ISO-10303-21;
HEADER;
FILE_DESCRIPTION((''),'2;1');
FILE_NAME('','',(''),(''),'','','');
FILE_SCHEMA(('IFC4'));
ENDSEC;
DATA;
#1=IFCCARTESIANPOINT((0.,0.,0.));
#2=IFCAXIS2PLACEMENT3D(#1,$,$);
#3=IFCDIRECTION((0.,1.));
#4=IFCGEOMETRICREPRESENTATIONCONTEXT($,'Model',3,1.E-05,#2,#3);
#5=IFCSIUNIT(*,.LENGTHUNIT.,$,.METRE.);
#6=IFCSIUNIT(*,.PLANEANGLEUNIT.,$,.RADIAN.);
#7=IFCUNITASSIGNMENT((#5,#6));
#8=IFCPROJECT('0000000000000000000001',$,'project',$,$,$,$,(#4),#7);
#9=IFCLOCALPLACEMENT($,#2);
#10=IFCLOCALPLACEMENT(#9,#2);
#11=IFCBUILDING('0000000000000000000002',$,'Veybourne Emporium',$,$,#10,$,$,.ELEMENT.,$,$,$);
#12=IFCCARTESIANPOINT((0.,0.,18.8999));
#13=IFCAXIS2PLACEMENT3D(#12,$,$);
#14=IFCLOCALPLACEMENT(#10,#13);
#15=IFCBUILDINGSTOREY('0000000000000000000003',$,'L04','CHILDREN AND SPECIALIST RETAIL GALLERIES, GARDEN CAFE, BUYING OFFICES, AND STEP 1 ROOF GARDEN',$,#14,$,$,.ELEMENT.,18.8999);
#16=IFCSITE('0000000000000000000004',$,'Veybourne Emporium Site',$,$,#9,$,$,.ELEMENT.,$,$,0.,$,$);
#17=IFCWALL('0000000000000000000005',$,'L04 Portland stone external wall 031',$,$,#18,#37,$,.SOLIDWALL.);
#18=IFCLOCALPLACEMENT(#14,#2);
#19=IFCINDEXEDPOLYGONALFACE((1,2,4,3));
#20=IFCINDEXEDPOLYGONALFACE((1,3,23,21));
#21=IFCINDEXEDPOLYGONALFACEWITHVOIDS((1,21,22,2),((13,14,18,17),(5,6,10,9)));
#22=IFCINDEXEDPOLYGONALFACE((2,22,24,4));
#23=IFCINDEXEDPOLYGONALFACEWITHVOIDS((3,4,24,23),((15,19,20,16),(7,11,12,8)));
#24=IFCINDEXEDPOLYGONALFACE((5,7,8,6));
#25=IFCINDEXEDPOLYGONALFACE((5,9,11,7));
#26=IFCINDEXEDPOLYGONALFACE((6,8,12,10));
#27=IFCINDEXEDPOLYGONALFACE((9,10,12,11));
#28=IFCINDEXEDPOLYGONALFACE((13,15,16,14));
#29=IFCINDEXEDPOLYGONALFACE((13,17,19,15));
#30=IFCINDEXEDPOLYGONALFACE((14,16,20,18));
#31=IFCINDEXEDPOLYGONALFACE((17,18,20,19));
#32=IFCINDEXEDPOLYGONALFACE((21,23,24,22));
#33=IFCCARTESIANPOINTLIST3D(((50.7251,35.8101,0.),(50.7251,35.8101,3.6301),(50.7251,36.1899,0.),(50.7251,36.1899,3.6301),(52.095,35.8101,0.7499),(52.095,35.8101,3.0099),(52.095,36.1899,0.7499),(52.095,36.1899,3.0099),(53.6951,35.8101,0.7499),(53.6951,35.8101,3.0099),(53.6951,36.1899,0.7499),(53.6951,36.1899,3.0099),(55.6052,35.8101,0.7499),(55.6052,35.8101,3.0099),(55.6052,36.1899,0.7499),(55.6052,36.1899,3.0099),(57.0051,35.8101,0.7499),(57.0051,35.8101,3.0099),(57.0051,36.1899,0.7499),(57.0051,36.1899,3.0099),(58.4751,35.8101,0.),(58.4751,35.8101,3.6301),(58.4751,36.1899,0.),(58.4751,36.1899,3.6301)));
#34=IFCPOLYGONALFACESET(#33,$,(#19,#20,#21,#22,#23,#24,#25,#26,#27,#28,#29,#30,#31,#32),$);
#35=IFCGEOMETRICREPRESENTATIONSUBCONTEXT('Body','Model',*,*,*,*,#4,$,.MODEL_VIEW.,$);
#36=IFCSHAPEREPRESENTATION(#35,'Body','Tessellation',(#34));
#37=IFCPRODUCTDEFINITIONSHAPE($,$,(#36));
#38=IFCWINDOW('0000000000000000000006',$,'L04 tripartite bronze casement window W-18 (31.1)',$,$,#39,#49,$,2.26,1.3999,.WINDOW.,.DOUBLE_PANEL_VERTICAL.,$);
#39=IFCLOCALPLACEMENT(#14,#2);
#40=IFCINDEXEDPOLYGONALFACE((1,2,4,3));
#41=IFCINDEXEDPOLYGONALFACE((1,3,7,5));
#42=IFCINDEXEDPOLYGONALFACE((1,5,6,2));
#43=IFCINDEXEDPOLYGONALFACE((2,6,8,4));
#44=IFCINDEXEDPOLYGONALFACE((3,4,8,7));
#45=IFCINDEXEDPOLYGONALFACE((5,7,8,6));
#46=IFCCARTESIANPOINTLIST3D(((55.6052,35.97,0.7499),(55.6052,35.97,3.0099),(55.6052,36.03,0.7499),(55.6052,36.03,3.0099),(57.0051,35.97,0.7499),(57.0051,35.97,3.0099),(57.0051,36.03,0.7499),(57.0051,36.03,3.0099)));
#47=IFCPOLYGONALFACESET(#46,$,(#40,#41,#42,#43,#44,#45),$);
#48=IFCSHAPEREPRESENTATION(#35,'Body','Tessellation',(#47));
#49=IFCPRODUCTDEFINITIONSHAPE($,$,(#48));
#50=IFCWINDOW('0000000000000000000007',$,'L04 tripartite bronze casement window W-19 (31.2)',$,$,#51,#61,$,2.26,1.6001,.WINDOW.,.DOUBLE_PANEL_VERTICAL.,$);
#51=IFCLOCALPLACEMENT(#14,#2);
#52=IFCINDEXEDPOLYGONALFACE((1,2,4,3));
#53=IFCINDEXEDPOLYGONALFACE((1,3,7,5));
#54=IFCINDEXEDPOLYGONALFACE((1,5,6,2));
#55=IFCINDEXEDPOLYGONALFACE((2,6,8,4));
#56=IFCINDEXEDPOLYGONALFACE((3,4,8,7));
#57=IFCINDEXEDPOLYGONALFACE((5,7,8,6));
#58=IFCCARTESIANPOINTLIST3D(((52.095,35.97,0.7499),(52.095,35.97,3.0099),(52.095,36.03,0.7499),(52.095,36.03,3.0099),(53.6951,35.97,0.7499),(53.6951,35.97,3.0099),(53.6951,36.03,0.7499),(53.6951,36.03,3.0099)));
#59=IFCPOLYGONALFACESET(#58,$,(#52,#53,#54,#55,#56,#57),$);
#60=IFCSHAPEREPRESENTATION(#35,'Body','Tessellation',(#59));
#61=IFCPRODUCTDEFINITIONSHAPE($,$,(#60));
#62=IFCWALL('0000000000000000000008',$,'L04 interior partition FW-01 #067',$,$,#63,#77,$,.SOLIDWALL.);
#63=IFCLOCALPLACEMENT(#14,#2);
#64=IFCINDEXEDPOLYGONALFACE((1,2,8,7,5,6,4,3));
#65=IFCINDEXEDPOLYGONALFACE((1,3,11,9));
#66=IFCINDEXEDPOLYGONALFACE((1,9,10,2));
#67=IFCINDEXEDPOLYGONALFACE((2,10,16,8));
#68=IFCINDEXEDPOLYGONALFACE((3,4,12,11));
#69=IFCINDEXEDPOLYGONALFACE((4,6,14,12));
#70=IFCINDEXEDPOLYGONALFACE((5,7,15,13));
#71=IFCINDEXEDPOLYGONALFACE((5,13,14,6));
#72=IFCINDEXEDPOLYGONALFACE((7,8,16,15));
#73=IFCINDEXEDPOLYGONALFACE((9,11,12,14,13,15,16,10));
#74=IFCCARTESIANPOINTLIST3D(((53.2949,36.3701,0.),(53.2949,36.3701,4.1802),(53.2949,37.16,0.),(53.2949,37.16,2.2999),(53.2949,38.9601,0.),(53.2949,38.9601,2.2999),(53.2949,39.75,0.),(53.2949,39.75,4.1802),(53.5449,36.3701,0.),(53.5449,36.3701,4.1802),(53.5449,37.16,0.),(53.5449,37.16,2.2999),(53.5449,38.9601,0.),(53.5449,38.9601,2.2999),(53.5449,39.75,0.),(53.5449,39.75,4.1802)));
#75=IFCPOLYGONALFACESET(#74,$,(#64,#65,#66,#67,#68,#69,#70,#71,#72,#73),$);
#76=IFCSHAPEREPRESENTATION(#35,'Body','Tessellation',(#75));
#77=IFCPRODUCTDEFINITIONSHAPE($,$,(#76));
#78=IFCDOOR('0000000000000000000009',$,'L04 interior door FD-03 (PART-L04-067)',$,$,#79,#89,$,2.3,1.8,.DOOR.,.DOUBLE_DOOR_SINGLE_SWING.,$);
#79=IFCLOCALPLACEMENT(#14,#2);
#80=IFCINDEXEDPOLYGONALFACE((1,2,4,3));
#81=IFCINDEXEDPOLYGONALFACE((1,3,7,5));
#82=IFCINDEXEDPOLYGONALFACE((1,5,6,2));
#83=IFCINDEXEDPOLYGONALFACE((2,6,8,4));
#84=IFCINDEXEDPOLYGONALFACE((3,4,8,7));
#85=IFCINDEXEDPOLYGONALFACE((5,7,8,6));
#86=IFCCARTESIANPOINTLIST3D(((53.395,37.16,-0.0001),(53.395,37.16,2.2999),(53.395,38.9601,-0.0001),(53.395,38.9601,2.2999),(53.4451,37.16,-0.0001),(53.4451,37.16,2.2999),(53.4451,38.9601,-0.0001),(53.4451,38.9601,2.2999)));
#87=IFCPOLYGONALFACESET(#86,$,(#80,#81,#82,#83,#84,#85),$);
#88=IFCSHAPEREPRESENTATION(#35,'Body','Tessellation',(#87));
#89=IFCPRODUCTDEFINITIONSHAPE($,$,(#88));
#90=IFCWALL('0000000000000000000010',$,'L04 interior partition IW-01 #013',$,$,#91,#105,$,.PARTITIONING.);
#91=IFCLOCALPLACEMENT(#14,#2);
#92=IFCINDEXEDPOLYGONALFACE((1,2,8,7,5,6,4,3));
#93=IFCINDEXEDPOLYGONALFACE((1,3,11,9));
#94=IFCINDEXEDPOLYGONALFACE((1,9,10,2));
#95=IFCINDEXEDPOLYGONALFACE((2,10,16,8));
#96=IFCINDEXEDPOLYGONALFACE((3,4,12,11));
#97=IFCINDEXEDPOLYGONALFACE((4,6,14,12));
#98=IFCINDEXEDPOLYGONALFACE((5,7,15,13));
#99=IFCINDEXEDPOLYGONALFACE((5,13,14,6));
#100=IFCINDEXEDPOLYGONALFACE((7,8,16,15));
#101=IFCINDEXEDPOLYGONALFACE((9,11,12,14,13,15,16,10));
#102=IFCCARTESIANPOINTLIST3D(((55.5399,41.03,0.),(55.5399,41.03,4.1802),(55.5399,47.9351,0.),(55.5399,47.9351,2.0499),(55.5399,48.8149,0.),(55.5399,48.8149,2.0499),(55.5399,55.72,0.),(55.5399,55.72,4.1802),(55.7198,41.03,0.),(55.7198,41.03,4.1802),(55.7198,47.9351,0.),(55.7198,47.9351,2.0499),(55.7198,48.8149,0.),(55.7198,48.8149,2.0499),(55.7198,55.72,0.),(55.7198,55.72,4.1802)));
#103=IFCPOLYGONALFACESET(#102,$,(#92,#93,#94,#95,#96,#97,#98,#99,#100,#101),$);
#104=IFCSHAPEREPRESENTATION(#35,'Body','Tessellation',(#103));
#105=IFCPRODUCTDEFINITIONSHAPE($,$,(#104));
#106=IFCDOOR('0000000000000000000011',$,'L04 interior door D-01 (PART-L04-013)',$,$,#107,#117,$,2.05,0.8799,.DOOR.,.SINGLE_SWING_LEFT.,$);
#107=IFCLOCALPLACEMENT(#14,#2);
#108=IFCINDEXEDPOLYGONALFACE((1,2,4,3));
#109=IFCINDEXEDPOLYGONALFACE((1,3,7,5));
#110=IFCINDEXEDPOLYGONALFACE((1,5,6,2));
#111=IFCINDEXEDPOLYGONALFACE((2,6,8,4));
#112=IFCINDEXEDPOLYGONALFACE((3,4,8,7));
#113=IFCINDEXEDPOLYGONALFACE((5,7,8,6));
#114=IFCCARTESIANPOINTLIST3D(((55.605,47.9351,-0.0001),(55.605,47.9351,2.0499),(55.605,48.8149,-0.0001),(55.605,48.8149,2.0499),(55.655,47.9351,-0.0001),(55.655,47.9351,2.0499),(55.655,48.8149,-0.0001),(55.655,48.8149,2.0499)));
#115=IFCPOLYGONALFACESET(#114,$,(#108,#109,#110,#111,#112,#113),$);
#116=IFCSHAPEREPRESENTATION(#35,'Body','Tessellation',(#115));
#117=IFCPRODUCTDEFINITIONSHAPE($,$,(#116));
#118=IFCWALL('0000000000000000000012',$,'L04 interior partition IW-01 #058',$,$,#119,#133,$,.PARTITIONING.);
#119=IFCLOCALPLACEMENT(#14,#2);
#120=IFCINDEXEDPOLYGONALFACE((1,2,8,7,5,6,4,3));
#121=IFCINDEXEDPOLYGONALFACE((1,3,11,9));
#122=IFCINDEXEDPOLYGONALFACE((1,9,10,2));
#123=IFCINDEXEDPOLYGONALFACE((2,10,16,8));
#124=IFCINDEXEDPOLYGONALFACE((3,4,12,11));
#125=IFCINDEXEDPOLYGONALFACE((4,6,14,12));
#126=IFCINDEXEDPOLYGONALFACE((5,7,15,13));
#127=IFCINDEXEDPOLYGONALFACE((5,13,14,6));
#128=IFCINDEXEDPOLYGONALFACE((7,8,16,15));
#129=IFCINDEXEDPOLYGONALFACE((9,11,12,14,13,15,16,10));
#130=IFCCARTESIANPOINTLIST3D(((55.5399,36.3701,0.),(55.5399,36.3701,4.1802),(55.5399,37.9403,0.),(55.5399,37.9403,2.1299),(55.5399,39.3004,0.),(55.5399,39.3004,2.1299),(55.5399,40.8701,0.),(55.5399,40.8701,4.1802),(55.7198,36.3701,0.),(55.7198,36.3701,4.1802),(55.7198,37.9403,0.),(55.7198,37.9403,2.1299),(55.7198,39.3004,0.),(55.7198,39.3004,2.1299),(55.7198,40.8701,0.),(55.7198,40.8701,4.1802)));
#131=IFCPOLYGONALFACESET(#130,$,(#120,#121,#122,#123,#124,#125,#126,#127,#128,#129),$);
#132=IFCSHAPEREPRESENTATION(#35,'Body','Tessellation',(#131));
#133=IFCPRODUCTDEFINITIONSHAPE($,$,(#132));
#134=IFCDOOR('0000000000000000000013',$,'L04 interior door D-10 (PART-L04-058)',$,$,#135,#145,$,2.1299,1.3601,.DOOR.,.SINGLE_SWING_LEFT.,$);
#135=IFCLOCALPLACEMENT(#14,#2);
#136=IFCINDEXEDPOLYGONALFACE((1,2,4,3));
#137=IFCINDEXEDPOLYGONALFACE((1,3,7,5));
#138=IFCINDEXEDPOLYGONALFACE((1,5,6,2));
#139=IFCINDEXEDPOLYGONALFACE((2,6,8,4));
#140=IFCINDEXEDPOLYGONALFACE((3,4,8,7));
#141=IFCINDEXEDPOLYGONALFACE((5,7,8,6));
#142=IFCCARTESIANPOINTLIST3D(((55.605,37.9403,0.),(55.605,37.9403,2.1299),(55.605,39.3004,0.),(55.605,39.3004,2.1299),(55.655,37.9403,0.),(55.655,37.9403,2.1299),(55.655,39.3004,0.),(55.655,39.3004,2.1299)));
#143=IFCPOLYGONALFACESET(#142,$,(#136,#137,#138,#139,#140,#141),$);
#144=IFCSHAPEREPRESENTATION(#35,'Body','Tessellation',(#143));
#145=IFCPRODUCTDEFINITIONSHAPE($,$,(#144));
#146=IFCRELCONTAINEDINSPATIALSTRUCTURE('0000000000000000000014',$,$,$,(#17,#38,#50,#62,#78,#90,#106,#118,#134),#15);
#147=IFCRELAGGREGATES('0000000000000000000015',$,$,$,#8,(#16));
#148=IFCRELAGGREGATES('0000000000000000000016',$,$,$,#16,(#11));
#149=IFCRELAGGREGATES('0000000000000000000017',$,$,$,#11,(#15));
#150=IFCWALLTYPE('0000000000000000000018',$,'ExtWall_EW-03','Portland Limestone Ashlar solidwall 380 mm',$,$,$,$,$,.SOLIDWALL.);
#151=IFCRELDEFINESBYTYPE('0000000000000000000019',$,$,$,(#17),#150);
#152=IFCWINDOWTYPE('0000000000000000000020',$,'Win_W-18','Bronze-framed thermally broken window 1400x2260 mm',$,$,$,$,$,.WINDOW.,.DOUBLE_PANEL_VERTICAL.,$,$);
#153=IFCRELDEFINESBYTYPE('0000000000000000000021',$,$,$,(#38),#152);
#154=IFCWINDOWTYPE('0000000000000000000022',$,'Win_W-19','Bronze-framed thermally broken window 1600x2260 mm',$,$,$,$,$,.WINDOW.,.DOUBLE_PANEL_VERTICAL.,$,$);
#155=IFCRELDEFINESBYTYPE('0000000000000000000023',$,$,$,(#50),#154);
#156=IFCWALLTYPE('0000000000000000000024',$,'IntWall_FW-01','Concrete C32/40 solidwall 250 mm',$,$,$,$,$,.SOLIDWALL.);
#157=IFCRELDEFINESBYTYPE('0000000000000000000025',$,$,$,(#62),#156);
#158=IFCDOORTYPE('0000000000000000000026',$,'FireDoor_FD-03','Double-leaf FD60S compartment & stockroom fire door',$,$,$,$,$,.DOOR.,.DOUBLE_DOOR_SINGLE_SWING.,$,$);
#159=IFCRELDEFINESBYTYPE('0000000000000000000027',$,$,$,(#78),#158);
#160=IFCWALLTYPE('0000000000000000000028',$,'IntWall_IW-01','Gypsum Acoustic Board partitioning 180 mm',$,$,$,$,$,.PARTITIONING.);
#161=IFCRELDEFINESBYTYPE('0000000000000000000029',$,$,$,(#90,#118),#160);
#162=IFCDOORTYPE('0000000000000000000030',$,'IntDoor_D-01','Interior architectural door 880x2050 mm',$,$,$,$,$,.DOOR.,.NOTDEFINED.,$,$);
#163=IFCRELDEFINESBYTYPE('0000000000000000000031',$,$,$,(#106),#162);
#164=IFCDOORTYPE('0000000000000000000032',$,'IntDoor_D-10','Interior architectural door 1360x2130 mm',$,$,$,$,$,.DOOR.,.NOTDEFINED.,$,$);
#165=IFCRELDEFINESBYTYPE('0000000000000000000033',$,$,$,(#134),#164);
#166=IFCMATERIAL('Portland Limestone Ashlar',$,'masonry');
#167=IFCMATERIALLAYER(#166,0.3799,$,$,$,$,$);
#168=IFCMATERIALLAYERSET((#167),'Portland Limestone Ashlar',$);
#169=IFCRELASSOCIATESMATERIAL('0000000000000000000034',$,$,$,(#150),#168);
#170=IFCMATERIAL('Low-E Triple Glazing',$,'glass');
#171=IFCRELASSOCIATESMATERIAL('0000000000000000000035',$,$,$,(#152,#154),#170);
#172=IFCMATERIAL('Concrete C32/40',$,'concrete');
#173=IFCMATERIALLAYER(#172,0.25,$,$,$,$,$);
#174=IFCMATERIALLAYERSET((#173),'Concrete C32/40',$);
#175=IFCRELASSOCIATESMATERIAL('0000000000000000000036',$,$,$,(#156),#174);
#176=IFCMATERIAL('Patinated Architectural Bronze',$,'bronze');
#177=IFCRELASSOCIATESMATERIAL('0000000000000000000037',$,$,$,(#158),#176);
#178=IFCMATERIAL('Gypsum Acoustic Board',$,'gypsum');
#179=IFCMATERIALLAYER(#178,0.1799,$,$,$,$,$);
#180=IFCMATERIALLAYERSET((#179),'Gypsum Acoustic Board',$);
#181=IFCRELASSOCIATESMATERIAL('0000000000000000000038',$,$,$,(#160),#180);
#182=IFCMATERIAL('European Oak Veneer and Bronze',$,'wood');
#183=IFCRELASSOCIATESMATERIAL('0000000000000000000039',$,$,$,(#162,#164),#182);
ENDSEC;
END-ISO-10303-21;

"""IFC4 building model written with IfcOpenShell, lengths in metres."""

from ifc_helpers import new_model, si_unit, direction, frame, frame_2d, origin, place, context, subcontext, project, spatial, rectangle, extrude, material, layer, layer_set, type_object, element, fill, save


model = new_model("IFC4")

# Units and contexts
model_context = context("Model", 3, precision=1e-05, world=origin(), true_north=direction((0.0, 1.0)))
body_context = subcontext(model_context, "Body", "Model", "MODEL_VIEW")
ifc_project = project(units=[si_unit("LENGTHUNIT", "METRE"), si_unit("PLANEANGLEUNIT", "RADIAN")], contexts=[model_context])

# Site, building, storey
site_placement = place(None, origin())
site = spatial("IfcSite", under=ifc_project, at=site_placement, Name="Veybourne Emporium Site", CompositionType="ELEMENT", RefElevation=0.0)
building_placement = place(site_placement, origin())
building = spatial("IfcBuilding", under=site, at=building_placement, Name="Veybourne Emporium", CompositionType="ELEMENT")
storey_placement = place(building_placement, frame((0.0, 0.0, 18.8999)))
storey = spatial("IfcBuildingStorey", under=building, at=storey_placement, Name="L04", Description="CHILDREN AND SPECIALIST RETAIL GALLERIES, GARDEN CAFE, BUYING OFFICES, AND STEP 1 ROOF GARDEN", CompositionType="ELEMENT", Elevation=18.8999)

# Shared definitions
ifc_material_1 = material(Name="Concrete C32/40", Category="concrete")

# Wall, openings, windows
ifc_material_2 = material(Name="Portland Limestone Ashlar", Category="masonry")
ifc_layer_1 = layer(ifc_material_2, 0.3799)
ifc_layer_set_1 = layer_set([ifc_layer_1], Name="Portland Limestone Ashlar")
wall_type_1 = type_object("IfcWallType", Name="ExtWall_EW-03", Description="Portland Limestone Ashlar solidwall 380 mm", PredefinedType="SOLIDWALL", material=ifc_layer_set_1)
wall_1_placement = place(storey_placement, frame((58.4751, 36.0, 0.0), z_axis=(0.0, 0.0, 1.0), x_axis=(-1.0, 0.0, 0.0)))
wall_1 = element("IfcWall", 1, at=wall_1_placement, inside=storey, type_object=wall_type_1, Name="L04 Portland stone external wall 031", PredefinedType="SOLIDWALL", context=body_context, shape_type="SweptSolid", body=[
    extrude(rectangle(XDim=7.75, YDim=0.3799, at=frame_2d((3.875, 0.0))), origin(), (0.0, 0.0, 1.0), 3.6301),
])
opening_1_placement = place(wall_1_placement, frame((1.47, 0.0, 0.75)))
opening_1 = element("IfcOpeningElement", 2, at=opening_1_placement, cuts=wall_1, PredefinedType="OPENING", context=body_context, shape_type="SweptSolid", body=[
    extrude(rectangle(XDim=1.3999, YDim=2.26, at=frame_2d((0.7, 1.1299))), frame((0.0, 0.21, 0.0), z_axis=(0.0, -1.0, 0.0), x_axis=(1.0, 0.0, 0.0)), (0.0, 0.0, 1.0), 0.4199),
])
opening_2_placement = place(wall_1_placement, frame((4.78, 0.0, 0.75)))
opening_2 = element("IfcOpeningElement", 3, at=opening_2_placement, cuts=wall_1, PredefinedType="OPENING", context=body_context, shape_type="SweptSolid", body=[
    extrude(rectangle(XDim=1.6001, YDim=2.26, at=frame_2d((0.8, 1.1299))), frame((0.0, 0.21, 0.0), z_axis=(0.0, -1.0, 0.0), x_axis=(1.0, 0.0, 0.0)), (0.0, 0.0, 1.0), 0.4199),
])
ifc_material_3 = material(Name="Low-E Triple Glazing", Category="glass")
window_type_1 = type_object("IfcWindowType", Name="Win_W-18", Description="Bronze-framed thermally broken window 1400x2260 mm", PartitioningType="DOUBLE_PANEL_VERTICAL", PredefinedType="WINDOW", material=ifc_material_3)
window_1_placement = place(opening_1_placement, origin())
window_1 = element("IfcWindow", 4, at=window_1_placement, inside=storey, type_object=window_type_1, Name="L04 tripartite bronze casement window W-18 (31.1)", OverallHeight=2.26, OverallWidth=1.3999, PartitioningType="DOUBLE_PANEL_VERTICAL", PredefinedType="WINDOW", context=body_context, shape_type="SweptSolid", body=[
    extrude(rectangle(XDim=1.3999, YDim=2.26, at=frame_2d((0.7, 1.1299))), frame((0.0, 0.03, 0.0), z_axis=(0.0, -1.0, 0.0), x_axis=(1.0, 0.0, 0.0)), (0.0, 0.0, 1.0), 0.0601),
])
fill(opening_1, window_1)
window_type_2 = type_object("IfcWindowType", Name="Win_W-19", Description="Bronze-framed thermally broken window 1600x2260 mm", PartitioningType="DOUBLE_PANEL_VERTICAL", PredefinedType="WINDOW", material=ifc_material_3)
window_2_placement = place(opening_2_placement, origin())
window_2 = element("IfcWindow", 5, at=window_2_placement, inside=storey, type_object=window_type_2, Name="L04 tripartite bronze casement window W-19 (31.2)", OverallHeight=2.26, OverallWidth=1.6001, PartitioningType="DOUBLE_PANEL_VERTICAL", PredefinedType="WINDOW", context=body_context, shape_type="SweptSolid", body=[
    extrude(rectangle(XDim=1.6001, YDim=2.26, at=frame_2d((0.8, 1.1299))), frame((0.0, 0.03, 0.0), z_axis=(0.0, -1.0, 0.0), x_axis=(1.0, 0.0, 0.0)), (0.0, 0.0, 1.0), 0.0601),
])
fill(opening_2, window_2)

# Walls, openings, doors
ifc_layer_2 = layer(ifc_material_1, 0.25)
ifc_layer_set_2 = layer_set([ifc_layer_2], Name="Concrete C32/40")
wall_type_2 = type_object("IfcWallType", Name="IntWall_FW-01", Description="Concrete C32/40 solidwall 250 mm", PredefinedType="SOLIDWALL", material=ifc_layer_set_2)
wall_2_placement = place(storey_placement, frame((53.4199, 36.3701, 0.0), z_axis=(0.0, 0.0, 1.0), x_axis=(0.0, 1.0, 0.0)))
wall_2 = element("IfcWall", 6, at=wall_2_placement, inside=storey, type_object=wall_type_2, Name="L04 interior partition FW-01 #067", PredefinedType="SOLIDWALL", context=body_context, shape_type="SweptSolid", body=[
    extrude(rectangle(XDim=3.3799, YDim=0.25, at=frame_2d((1.6899, 0.0))), origin(), (0.0, 0.0, 1.0), 4.1802),
])
opening_3_placement = place(wall_2_placement, frame((0.79, 0.0, 0.0)))
opening_3 = element("IfcOpeningElement", 7, at=opening_3_placement, cuts=wall_2, PredefinedType="OPENING", context=body_context, shape_type="SweptSolid", body=[
    extrude(rectangle(XDim=1.8, YDim=2.3, at=frame_2d((0.8999, 1.1499))), frame((0.0, 0.145, 0.0), z_axis=(0.0, -1.0, 0.0), x_axis=(1.0, 0.0, 0.0)), (0.0, 0.0, 1.0), 0.29),
])
ifc_material_4 = material(Name="Patinated Architectural Bronze", Category="bronze")
door_type_1 = type_object("IfcDoorType", Name="FireDoor_FD-03", Description="Double-leaf FD60S compartment & stockroom fire door", OperationType="DOUBLE_DOOR_SINGLE_SWING", PredefinedType="DOOR", material=ifc_material_4)
door_1_placement = place(opening_3_placement, origin())
door_1 = element("IfcDoor", 8, at=door_1_placement, inside=storey, type_object=door_type_1, Name="L04 interior door FD-03 (PART-L04-067)", OperationType="DOUBLE_DOOR_SINGLE_SWING", OverallHeight=2.3, OverallWidth=1.8, PredefinedType="DOOR", context=body_context, shape_type="SweptSolid", body=[
    extrude(rectangle(XDim=1.8, YDim=2.3, at=frame_2d((0.8999, 1.1499))), frame((0.0, 0.0249, 0.0), z_axis=(0.0, -1.0, 0.0), x_axis=(1.0, 0.0, 0.0)), (0.0, 0.0, 1.0), 0.05),
])
fill(opening_3, door_1)
ifc_material_5 = material(Name="Gypsum Acoustic Board", Category="gypsum")
ifc_layer_3 = layer(ifc_material_5, 0.1799)
ifc_layer_set_3 = layer_set([ifc_layer_3], Name="Gypsum Acoustic Board")
wall_type_3 = type_object("IfcWallType", Name="IntWall_IW-01", Description="Gypsum Acoustic Board partitioning 180 mm", PredefinedType="PARTITIONING", material=ifc_layer_set_3)
wall_3_placement = place(storey_placement, frame((55.6299, 41.03, 0.0), z_axis=(0.0, 0.0, 1.0), x_axis=(0.0, 1.0, 0.0)))
wall_3 = element("IfcWall", 9, at=wall_3_placement, inside=storey, type_object=wall_type_3, Name="L04 interior partition IW-01 #013", PredefinedType="PARTITIONING", context=body_context, shape_type="SweptSolid", body=[
    extrude(rectangle(XDim=14.6899, YDim=0.1799, at=frame_2d((7.345, 0.0))), origin(), (0.0, 0.0, 1.0), 4.1802),
])
opening_4_placement = place(wall_3_placement, frame((6.905, 0.0, 0.0)))
opening_4 = element("IfcOpeningElement", 10, at=opening_4_placement, cuts=wall_3, PredefinedType="OPENING", context=body_context, shape_type="SweptSolid", body=[
    extrude(rectangle(XDim=0.8799, YDim=2.05, at=frame_2d((0.4399, 1.0249))), frame((0.0, 0.1099, 0.0), z_axis=(0.0, -1.0, 0.0), x_axis=(1.0, 0.0, 0.0)), (0.0, 0.0, 1.0), 0.22),
])
ifc_material_6 = material(Name="European Oak Veneer and Bronze", Category="wood")
door_type_2 = type_object("IfcDoorType", Name="IntDoor_D-01", Description="Interior architectural door 880x2050 mm", OperationType="NOTDEFINED", PredefinedType="DOOR", material=ifc_material_6)
door_2_placement = place(opening_4_placement, origin())
door_2 = element("IfcDoor", 11, at=door_2_placement, inside=storey, type_object=door_type_2, Name="L04 interior door D-01 (PART-L04-013)", OperationType="SINGLE_SWING_LEFT", OverallHeight=2.05, OverallWidth=0.8799, PredefinedType="DOOR", context=body_context, shape_type="SweptSolid", body=[
    extrude(rectangle(XDim=0.8799, YDim=2.05, at=frame_2d((0.4399, 1.0249))), frame((0.0, 0.0249, 0.0), z_axis=(0.0, -1.0, 0.0), x_axis=(1.0, 0.0, 0.0)), (0.0, 0.0, 1.0), 0.05),
])
fill(opening_4, door_2)
wall_4_placement = place(storey_placement, frame((55.6299, 36.3701, 0.0), z_axis=(0.0, 0.0, 1.0), x_axis=(0.0, 1.0, 0.0)))
wall_4 = element("IfcWall", 12, at=wall_4_placement, inside=storey, type_object=wall_type_3, Name="L04 interior partition IW-01 #058", PredefinedType="PARTITIONING", context=body_context, shape_type="SweptSolid", body=[
    extrude(rectangle(XDim=4.5, YDim=0.1799, at=frame_2d((2.25, 0.0))), origin(), (0.0, 0.0, 1.0), 4.1802),
])
opening_5_placement = place(wall_4_placement, frame((1.5701, 0.0, 0.0)))
opening_5 = element("IfcOpeningElement", 13, at=opening_5_placement, cuts=wall_4, PredefinedType="OPENING", context=body_context, shape_type="SweptSolid", body=[
    extrude(rectangle(XDim=1.3601, YDim=2.1299, at=frame_2d((0.6802, 1.0649))), frame((0.0, 0.1099, 0.0), z_axis=(0.0, -1.0, 0.0), x_axis=(1.0, 0.0, 0.0)), (0.0, 0.0, 1.0), 0.22),
])
door_type_3 = type_object("IfcDoorType", Name="IntDoor_D-10", Description="Interior architectural door 1360x2130 mm", OperationType="NOTDEFINED", PredefinedType="DOOR", material=ifc_material_6)
door_3_placement = place(opening_5_placement, origin())
door_3 = element("IfcDoor", 14, at=door_3_placement, inside=storey, type_object=door_type_3, Name="L04 interior door D-10 (PART-L04-058)", OperationType="SINGLE_SWING_LEFT", OverallHeight=2.1299, OverallWidth=1.3601, PredefinedType="DOOR", context=body_context, shape_type="SweptSolid", body=[
    extrude(rectangle(XDim=1.3601, YDim=2.1299, at=frame_2d((0.6802, 1.0649))), frame((0.0, 0.0249, 0.0), z_axis=(0.0, -1.0, 0.0), x_axis=(1.0, 0.0, 0.0)), (0.0, 0.0, 1.0), 0.05),
])
fill(opening_5, door_3)

save(model, "model.ifc")
